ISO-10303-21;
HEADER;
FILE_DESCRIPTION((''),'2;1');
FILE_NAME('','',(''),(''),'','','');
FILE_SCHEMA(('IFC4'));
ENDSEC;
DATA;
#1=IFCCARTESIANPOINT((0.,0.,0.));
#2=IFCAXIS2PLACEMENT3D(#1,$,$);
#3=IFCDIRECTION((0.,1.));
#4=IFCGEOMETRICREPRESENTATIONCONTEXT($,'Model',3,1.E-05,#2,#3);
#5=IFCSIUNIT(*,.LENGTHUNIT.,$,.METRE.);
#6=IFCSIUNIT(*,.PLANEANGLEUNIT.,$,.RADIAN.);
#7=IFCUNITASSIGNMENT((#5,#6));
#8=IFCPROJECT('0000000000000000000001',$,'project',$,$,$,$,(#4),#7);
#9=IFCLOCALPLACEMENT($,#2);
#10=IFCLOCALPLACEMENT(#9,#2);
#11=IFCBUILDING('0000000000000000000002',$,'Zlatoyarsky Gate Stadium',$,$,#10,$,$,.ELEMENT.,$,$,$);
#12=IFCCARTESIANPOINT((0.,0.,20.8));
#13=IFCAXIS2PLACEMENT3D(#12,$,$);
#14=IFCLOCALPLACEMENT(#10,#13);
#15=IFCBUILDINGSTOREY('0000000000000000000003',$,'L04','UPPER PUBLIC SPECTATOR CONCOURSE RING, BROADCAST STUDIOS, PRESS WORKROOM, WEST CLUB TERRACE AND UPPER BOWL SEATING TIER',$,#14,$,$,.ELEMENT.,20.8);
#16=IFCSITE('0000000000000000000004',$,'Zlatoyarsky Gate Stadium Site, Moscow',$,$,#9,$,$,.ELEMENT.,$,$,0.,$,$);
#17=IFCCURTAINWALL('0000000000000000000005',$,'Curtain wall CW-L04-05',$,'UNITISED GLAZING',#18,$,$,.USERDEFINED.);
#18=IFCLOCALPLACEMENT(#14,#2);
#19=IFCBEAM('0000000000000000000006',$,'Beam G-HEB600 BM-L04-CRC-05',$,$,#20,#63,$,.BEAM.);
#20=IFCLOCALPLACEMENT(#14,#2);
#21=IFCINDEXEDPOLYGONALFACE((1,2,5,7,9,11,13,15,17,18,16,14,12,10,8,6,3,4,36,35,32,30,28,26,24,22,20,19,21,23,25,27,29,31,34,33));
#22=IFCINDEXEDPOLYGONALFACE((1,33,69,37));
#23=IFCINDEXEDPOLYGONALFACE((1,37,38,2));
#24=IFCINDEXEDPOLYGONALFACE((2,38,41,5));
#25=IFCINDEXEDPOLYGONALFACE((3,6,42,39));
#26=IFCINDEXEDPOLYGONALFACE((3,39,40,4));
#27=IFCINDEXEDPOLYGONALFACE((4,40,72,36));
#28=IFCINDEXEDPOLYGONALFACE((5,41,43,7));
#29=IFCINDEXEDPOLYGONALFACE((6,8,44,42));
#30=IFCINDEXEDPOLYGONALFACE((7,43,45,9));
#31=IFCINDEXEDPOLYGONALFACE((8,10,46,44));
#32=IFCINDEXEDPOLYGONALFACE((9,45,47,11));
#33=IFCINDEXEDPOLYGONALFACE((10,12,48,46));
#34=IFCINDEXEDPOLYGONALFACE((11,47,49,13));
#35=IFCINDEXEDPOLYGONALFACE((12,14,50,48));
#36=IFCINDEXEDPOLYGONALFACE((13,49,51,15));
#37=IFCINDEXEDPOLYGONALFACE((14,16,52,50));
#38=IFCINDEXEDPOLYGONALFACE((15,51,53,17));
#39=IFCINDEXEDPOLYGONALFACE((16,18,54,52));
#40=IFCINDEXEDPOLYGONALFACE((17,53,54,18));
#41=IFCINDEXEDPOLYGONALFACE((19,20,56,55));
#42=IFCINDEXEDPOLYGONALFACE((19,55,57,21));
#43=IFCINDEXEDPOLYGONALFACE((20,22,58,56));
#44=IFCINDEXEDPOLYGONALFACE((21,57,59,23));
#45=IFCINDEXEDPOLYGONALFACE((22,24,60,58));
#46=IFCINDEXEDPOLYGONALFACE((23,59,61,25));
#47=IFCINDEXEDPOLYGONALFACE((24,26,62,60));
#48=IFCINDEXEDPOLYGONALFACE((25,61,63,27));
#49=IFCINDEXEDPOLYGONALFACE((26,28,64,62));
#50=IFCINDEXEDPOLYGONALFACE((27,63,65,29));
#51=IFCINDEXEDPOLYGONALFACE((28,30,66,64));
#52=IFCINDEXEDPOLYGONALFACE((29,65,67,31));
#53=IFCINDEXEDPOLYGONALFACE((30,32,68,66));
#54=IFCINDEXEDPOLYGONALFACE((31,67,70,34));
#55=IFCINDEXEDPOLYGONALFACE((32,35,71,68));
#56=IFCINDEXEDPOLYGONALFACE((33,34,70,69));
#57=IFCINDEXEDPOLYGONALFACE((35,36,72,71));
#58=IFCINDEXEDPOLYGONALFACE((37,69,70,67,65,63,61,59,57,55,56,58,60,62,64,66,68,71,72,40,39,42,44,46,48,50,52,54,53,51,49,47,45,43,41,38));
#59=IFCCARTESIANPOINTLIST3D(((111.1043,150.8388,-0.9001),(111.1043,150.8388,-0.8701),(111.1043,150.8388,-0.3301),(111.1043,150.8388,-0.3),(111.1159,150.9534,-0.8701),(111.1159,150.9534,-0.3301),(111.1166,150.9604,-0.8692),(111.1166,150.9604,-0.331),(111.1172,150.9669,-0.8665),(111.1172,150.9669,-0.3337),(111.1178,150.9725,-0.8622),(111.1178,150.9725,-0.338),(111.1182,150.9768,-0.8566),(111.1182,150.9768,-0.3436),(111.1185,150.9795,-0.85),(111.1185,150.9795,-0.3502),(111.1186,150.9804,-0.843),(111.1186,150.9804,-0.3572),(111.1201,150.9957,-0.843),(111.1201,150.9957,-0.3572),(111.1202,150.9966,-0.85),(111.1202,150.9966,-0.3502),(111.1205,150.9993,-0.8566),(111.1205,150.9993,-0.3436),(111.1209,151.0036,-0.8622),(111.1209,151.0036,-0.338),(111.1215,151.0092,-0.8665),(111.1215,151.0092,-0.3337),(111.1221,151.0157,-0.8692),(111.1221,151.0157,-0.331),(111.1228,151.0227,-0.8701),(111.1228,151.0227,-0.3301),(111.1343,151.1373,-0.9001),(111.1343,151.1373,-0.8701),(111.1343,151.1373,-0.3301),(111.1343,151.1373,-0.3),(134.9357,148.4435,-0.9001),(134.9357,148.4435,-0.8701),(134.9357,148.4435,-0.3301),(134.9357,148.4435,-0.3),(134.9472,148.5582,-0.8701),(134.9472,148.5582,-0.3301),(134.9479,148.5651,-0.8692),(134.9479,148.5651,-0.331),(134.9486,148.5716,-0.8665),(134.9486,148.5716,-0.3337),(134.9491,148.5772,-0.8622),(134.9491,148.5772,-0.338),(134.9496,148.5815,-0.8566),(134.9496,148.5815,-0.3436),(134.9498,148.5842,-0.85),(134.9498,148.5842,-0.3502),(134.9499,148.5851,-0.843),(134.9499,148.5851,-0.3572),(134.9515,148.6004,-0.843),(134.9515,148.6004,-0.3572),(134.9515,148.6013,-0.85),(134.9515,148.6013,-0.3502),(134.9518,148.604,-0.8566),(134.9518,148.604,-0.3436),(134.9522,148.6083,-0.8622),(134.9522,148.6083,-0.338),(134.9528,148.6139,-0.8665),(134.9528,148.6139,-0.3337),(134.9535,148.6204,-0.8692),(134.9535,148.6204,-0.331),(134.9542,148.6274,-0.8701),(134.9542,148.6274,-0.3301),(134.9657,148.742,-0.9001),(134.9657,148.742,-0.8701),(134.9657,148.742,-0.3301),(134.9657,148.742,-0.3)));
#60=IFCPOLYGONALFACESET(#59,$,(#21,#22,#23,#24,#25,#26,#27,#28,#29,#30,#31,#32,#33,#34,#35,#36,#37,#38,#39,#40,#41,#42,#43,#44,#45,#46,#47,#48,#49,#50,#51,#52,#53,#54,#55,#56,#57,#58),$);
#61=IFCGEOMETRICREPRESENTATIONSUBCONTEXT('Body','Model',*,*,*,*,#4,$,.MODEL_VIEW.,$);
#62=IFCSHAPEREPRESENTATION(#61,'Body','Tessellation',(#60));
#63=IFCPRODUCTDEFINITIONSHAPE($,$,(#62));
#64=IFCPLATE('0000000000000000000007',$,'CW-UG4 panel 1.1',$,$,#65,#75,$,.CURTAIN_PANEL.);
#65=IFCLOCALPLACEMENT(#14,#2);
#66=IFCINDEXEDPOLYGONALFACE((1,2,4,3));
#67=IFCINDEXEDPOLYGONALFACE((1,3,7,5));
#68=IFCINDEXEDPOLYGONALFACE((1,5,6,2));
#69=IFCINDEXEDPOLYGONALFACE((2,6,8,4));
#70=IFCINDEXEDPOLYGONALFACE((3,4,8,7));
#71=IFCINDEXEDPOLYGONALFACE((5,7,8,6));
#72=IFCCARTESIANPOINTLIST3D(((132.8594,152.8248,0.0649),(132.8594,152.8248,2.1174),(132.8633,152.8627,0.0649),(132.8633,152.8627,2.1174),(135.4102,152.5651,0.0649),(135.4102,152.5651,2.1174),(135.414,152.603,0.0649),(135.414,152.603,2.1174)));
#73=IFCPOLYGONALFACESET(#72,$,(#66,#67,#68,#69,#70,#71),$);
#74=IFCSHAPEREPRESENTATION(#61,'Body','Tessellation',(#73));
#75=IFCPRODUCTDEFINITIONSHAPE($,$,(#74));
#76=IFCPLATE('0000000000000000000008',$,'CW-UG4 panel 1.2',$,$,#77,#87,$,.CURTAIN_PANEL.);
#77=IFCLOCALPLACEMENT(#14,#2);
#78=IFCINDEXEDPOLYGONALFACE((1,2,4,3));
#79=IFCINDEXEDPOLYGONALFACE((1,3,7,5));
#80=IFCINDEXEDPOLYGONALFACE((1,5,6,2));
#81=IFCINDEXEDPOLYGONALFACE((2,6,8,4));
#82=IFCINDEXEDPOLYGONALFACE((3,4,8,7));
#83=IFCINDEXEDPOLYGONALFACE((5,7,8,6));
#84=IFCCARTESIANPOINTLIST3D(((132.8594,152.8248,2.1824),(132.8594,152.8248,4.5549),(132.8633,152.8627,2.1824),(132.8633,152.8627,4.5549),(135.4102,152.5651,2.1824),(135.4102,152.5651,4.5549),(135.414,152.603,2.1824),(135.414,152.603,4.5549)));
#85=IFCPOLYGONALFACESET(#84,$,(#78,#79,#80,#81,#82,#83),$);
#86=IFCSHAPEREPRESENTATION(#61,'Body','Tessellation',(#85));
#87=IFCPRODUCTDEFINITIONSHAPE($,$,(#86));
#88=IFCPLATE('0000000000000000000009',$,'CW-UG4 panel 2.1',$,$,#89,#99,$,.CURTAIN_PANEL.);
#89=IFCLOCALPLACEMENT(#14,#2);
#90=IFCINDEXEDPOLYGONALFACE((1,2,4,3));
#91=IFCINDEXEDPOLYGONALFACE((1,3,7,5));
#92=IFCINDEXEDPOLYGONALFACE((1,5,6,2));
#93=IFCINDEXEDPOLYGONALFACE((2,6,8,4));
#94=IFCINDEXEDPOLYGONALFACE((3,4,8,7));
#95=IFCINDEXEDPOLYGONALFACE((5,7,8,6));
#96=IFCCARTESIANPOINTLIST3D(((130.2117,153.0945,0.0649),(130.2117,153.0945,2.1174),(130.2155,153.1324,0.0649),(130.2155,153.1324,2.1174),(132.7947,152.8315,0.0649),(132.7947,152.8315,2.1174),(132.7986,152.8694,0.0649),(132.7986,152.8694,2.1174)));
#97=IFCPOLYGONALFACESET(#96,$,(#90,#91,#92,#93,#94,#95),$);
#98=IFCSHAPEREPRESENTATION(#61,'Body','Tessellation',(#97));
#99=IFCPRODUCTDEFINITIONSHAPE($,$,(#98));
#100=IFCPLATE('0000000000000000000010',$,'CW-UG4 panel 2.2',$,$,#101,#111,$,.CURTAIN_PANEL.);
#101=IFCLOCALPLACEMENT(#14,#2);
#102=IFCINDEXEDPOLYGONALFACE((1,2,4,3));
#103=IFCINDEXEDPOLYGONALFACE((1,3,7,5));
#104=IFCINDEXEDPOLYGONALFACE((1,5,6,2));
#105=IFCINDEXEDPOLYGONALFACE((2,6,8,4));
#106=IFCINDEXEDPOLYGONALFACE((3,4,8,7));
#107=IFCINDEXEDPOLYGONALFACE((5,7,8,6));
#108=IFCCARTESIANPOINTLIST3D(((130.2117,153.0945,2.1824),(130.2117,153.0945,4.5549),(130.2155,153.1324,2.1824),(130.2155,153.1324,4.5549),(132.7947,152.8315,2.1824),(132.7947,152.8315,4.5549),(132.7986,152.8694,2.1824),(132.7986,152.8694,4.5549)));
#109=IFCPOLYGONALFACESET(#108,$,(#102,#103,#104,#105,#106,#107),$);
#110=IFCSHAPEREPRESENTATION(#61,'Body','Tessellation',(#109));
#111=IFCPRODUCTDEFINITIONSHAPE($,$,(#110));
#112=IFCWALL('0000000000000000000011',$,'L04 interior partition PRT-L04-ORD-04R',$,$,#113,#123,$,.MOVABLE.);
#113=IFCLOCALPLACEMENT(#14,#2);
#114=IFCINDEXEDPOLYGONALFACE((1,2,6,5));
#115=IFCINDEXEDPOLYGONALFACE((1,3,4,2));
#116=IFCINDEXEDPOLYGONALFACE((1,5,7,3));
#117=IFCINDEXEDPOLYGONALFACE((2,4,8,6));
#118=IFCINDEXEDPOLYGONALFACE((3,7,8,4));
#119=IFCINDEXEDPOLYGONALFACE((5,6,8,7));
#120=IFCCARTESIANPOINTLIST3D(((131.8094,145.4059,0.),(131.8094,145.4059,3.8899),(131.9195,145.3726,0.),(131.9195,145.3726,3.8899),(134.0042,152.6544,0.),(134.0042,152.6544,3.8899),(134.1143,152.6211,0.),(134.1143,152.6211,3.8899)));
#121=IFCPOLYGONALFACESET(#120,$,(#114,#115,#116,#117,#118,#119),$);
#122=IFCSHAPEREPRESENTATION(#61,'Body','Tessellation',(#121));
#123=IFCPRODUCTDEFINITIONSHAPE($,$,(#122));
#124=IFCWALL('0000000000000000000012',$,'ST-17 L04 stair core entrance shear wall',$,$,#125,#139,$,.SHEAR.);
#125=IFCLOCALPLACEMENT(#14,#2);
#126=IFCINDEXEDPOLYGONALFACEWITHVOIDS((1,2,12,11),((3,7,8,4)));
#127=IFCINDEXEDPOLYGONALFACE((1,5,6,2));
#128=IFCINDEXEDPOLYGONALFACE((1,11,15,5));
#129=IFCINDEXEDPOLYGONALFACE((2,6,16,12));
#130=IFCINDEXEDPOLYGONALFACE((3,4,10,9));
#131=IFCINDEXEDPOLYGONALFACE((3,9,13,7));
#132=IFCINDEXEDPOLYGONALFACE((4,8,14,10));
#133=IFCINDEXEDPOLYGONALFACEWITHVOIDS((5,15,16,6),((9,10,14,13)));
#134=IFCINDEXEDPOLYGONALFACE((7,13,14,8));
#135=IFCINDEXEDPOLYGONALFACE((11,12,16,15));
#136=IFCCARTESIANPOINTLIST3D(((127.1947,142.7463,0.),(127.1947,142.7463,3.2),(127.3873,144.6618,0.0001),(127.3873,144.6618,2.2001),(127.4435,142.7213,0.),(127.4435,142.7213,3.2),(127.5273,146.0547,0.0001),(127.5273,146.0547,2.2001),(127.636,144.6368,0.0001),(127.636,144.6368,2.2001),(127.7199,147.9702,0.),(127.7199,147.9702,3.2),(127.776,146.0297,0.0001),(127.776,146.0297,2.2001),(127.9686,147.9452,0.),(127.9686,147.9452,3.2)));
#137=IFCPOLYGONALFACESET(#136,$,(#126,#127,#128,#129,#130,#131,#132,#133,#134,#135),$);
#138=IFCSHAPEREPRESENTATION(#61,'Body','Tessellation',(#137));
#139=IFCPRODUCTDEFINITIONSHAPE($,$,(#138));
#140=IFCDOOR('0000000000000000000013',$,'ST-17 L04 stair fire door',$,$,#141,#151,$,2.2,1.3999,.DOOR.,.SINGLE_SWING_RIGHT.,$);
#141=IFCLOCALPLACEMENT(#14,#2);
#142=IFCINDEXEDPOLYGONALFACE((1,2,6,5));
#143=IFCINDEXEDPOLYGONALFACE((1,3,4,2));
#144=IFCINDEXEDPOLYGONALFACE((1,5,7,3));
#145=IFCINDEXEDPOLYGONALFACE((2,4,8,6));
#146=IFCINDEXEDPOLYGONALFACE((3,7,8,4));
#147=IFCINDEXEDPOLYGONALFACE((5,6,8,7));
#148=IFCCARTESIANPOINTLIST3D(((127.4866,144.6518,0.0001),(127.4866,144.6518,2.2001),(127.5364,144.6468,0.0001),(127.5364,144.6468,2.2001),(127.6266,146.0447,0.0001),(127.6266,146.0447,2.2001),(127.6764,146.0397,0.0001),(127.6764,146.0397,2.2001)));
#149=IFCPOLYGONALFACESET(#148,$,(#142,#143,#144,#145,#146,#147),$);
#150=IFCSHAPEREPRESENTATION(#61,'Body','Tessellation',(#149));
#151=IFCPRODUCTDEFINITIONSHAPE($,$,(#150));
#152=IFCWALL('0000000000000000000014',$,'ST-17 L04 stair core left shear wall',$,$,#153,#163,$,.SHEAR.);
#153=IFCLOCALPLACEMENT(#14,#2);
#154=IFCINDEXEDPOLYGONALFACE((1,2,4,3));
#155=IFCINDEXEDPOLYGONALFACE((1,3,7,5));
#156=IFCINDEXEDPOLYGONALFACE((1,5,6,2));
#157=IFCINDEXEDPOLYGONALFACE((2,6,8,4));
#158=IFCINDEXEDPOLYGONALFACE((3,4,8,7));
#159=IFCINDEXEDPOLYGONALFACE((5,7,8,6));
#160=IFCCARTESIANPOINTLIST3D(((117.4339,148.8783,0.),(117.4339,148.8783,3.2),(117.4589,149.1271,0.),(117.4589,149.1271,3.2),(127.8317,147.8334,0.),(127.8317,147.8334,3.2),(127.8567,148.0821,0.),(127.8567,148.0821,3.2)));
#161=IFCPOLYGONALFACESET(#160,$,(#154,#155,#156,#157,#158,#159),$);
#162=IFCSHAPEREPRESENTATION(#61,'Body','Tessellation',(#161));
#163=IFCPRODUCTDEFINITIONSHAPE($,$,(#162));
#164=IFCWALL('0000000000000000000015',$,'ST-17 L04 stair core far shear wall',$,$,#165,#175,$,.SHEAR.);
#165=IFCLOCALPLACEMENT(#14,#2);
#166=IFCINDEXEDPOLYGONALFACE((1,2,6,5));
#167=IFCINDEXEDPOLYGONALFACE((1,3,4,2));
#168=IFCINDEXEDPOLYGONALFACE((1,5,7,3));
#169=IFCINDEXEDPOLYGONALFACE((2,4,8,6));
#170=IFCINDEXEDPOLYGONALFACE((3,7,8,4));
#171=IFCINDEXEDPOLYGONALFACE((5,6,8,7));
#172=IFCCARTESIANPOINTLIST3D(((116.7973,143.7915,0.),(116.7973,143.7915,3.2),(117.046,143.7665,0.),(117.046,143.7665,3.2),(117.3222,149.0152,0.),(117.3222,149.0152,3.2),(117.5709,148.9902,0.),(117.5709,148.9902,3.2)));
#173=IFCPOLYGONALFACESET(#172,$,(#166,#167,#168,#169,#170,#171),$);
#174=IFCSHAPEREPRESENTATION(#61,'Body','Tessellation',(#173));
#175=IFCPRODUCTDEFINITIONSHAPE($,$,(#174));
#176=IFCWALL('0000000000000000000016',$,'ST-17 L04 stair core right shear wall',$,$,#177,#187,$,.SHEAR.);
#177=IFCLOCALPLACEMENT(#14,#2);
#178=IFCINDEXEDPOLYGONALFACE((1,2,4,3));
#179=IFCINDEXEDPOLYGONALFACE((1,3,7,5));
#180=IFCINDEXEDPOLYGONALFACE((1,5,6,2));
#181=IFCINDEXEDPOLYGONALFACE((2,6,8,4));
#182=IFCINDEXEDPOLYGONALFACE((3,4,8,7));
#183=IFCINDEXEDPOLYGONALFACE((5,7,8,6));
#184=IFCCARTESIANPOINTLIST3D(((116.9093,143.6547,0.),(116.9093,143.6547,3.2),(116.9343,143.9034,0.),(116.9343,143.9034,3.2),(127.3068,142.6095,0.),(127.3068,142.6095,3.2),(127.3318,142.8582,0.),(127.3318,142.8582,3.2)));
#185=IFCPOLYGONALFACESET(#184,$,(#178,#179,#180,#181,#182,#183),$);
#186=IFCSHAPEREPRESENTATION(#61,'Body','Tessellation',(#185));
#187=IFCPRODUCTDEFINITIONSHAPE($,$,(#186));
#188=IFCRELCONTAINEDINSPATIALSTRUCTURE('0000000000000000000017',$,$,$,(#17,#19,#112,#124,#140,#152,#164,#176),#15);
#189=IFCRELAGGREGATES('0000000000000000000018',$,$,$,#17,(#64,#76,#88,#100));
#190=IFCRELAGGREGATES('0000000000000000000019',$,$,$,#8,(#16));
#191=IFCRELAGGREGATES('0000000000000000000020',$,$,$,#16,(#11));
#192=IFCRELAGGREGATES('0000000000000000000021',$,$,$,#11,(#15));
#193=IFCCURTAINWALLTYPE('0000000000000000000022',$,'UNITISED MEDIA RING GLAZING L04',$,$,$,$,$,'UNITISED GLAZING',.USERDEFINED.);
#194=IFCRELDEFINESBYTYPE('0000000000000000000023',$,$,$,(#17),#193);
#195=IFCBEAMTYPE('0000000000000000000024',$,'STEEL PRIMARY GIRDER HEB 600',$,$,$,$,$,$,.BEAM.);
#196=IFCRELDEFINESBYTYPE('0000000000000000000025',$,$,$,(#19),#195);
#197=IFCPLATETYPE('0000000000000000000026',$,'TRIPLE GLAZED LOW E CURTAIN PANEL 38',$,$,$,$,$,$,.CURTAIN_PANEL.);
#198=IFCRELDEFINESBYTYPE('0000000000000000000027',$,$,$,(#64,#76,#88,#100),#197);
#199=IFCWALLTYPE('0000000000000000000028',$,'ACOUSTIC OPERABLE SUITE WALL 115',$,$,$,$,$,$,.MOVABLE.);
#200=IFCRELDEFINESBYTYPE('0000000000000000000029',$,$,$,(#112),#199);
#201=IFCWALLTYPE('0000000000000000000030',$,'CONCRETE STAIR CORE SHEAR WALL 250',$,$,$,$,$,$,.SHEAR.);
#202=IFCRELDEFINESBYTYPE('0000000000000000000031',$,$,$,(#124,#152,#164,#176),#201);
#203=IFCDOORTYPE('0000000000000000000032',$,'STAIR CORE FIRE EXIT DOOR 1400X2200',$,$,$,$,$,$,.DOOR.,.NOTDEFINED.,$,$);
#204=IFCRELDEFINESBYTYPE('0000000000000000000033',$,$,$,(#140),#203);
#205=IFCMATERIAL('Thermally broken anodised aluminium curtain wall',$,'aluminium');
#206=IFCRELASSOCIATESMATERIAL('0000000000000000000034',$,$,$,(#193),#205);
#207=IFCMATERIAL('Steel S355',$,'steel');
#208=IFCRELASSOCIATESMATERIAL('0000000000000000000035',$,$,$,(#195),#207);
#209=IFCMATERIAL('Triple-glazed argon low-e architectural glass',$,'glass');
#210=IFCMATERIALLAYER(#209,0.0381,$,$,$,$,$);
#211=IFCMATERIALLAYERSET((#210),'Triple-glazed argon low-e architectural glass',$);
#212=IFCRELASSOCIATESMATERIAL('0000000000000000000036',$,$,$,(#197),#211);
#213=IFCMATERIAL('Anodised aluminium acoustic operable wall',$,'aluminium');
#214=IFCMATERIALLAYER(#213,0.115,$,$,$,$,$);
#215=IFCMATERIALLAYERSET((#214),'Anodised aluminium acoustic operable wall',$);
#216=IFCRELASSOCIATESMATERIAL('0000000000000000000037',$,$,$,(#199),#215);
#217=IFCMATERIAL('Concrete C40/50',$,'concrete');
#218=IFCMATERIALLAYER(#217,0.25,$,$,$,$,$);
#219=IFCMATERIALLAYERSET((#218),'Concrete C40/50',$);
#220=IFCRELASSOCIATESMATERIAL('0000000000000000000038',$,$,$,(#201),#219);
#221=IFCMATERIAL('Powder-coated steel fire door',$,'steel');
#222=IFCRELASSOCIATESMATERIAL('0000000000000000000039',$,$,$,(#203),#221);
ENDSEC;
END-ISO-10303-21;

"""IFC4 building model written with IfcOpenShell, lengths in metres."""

from ifc_helpers import new_model, si_unit, direction, frame, frame_2d, origin, origin_2d, place, context, subcontext, project, spatial, rectangle, i_section, extrude, material, layer, layer_set, material_profile, profile_set, type_object, element, fill, aggregate, save


model = new_model("IFC4")

# Units and contexts
model_context = context("Model", 3, precision=1e-05, world=origin(), true_north=direction((0.0, 1.0)))
body_context = subcontext(model_context, "Body", "Model", "MODEL_VIEW")
ifc_project = project(units=[si_unit("LENGTHUNIT", "METRE"), si_unit("PLANEANGLEUNIT", "RADIAN")], contexts=[model_context])

# Site, building, storey
site_placement = place(None, origin())
site = spatial("IfcSite", under=ifc_project, at=site_placement, Name="Zlatoyarsky Gate Stadium Site, Moscow", CompositionType="ELEMENT", RefElevation=0.0)
building_placement = place(site_placement, origin())
building = spatial("IfcBuilding", under=site, at=building_placement, Name="Zlatoyarsky Gate Stadium", CompositionType="ELEMENT")
storey_placement = place(building_placement, frame((0.0, 0.0, 20.8)))
storey = spatial("IfcBuildingStorey", under=building, at=storey_placement, Name="L04", Description="UPPER PUBLIC SPECTATOR CONCOURSE RING, BROADCAST STUDIOS, PRESS WORKROOM, WEST CLUB TERRACE AND UPPER BOWL SEATING TIER", CompositionType="ELEMENT", Elevation=20.8)

# Curtain wall
ifc_material_1 = material(Name="Thermally broken anodised aluminium curtain wall", Category="aluminium")
curtain_wall_type = type_object("IfcCurtainWallType", Name="UNITISED MEDIA RING GLAZING L04", ElementType="UNITISED GLAZING", PredefinedType="USERDEFINED", material=ifc_material_1)
curtain_wall_placement = place(storey_placement, origin())
curtain_wall = element("IfcCurtainWall", 1, at=curtain_wall_placement, inside=storey, type_object=curtain_wall_type, Name="Curtain wall CW-L04-05", ObjectType="UNITISED GLAZING", PredefinedType="USERDEFINED")

# Beam
ifc_material_2 = material(Name="Steel S355", Category="steel")
ifc_material_profile_1 = material_profile(ifc_material_2, i_section(OverallWidth=0.3, OverallDepth=0.6001, WebThickness=0.0154, FlangeThickness=0.03, FilletRadius=0.0271, at=origin_2d()), Name="HEB 600")
ifc_profile_set_1 = profile_set([ifc_material_profile_1], Name="Steel S355")
beam_type_1 = type_object("IfcBeamType", Name="STEEL PRIMARY GIRDER HEB 600", PredefinedType="BEAM", material=ifc_profile_set_1)
beam_1_placement = place(storey_placement, frame((134.9507, 148.5928, -0.6001), z_axis=(-0.994987, 0.100005, 0.0), x_axis=(-0.100005, -0.994987, 0.0)))
element("IfcBeam", 2, at=beam_1_placement, inside=storey, type_object=beam_type_1, Name="Beam G-HEB600 BM-L04-CRC-05", PredefinedType="BEAM", context=body_context, shape_type="SweptSolid", body=[
    extrude(i_section(OverallWidth=0.3, OverallDepth=0.6001, WebThickness=0.0154, FlangeThickness=0.03, FilletRadius=0.0271, at=origin_2d()), origin(), (0.0, 0.0, 1.0), 23.9514),
])

# Plates
ifc_material_3 = material(Name="Triple-glazed argon low-e architectural glass", Category="glass")
ifc_layer_1 = layer(ifc_material_3, 0.0381)
ifc_layer_set_1 = layer_set([ifc_layer_1], Name="Triple-glazed argon low-e architectural glass")
plate_type = type_object("IfcPlateType", Name="TRIPLE GLAZED LOW E CURTAIN PANEL 38", PredefinedType="CURTAIN_PANEL", material=ifc_layer_set_1)
plate_1_placement = place(storey_placement, frame((134.1367, 152.7139, 0.0649), z_axis=(0.0, 0.0, 1.0), x_axis=(-0.994857, 0.101293, 0.0)))
plate_1 = element("IfcPlate", 3, at=plate_1_placement, type_object=plate_type, Name="CW-UG4 panel 1.1", PredefinedType="CURTAIN_PANEL", context=body_context, shape_type="SweptSolid", body=[
    extrude(rectangle(XDim=2.564, YDim=0.0381, at=origin_2d()), origin(), (0.0, 0.0, 1.0), 2.0525),
])
plate_2_placement = place(storey_placement, frame((134.1367, 152.7139, 2.1824), z_axis=(0.0, 0.0, 1.0), x_axis=(-0.994857, 0.101293, 0.0)))
plate_2 = element("IfcPlate", 4, at=plate_2_placement, type_object=plate_type, Name="CW-UG4 panel 1.2", PredefinedType="CURTAIN_PANEL", context=body_context, shape_type="SweptSolid", body=[
    extrude(rectangle(XDim=2.564, YDim=0.0381, at=origin_2d()), origin(), (0.0, 0.0, 1.0), 2.3726),
])
plate_3_placement = place(storey_placement, frame((131.5051, 152.9819, 0.0649), z_axis=(0.0, 0.0, 1.0), x_axis=(-0.994857, 0.101293, 0.0)))
plate_3 = element("IfcPlate", 5, at=plate_3_placement, type_object=plate_type, Name="CW-UG4 panel 2.1", PredefinedType="CURTAIN_PANEL", context=body_context, shape_type="SweptSolid", body=[
    extrude(rectangle(XDim=2.5964, YDim=0.0381, at=origin_2d()), origin(), (0.0, 0.0, 1.0), 2.0525),
])
plate_4_placement = place(storey_placement, frame((131.5051, 152.9819, 2.1824), z_axis=(0.0, 0.0, 1.0), x_axis=(-0.994857, 0.101293, 0.0)))
plate_4 = element("IfcPlate", 6, at=plate_4_placement, type_object=plate_type, Name="CW-UG4 panel 2.2", PredefinedType="CURTAIN_PANEL", context=body_context, shape_type="SweptSolid", body=[
    extrude(rectangle(XDim=2.5964, YDim=0.0381, at=origin_2d()), origin(), (0.0, 0.0, 1.0), 2.3726),
])
aggregate(curtain_wall, [plate_1, plate_2, plate_3, plate_4])

# Wall
ifc_material_4 = material(Name="Anodised aluminium acoustic operable wall", Category="aluminium")
ifc_layer_2 = layer(ifc_material_4, 0.115)
ifc_layer_set_2 = layer_set([ifc_layer_2], Name="Anodised aluminium acoustic operable wall")
wall_type_1 = type_object("IfcWallType", Name="ACOUSTIC OPERABLE SUITE WALL 115", PredefinedType="MOVABLE", material=ifc_layer_set_2)
wall_1_placement = place(storey_placement, frame((131.8645, 145.3894, 0.0), z_axis=(0.0, 0.0, 1.0), x_axis=(0.289802, 0.957087, 0.0)))
element("IfcWall", 7, at=wall_1_placement, inside=storey, type_object=wall_type_1, Name="L04 interior partition PRT-L04-ORD-04R", PredefinedType="MOVABLE", context=body_context, shape_type="SweptSolid", body=[
    extrude(rectangle(XDim=7.5735, YDim=0.115, at=frame_2d((3.7866, 0.0))), origin(), (0.0, 0.0, 1.0), 3.8899),
])

# Wall, opening, door
ifc_material_5 = material(Name="Concrete C40/50", Category="concrete")
ifc_layer_3 = layer(ifc_material_5, 0.25)
ifc_layer_set_3 = layer_set([ifc_layer_3], Name="Concrete C40/50")
wall_type_2 = type_object("IfcWallType", Name="CONCRETE STAIR CORE SHEAR WALL 250", PredefinedType="SHEAR", material=ifc_layer_set_3)
wall_2_placement = place(storey_placement, frame((127.3191, 142.7339, 0.0), z_axis=(0.0, 0.0, 1.0), x_axis=(0.100024, 0.994985, 0.0)))
wall_2 = element("IfcWall", 8, at=wall_2_placement, inside=storey, type_object=wall_type_2, Name="ST-17 L04 stair core entrance shear wall", PredefinedType="SHEAR", context=body_context, shape_type="SweptSolid", body=[
    extrude(rectangle(XDim=5.2502, YDim=0.25, at=frame_2d((2.625, 0.0))), origin(), (0.0, 0.0, 1.0), 3.2),
])
opening_1_placement = place(wall_2_placement, frame((1.925, 0.0, 0.0)))
opening_1 = element("IfcOpeningElement", 9, at=opening_1_placement, cuts=wall_2, PredefinedType="OPENING", context=body_context, shape_type="SweptSolid", body=[
    extrude(rectangle(XDim=1.3999, YDim=2.2, at=frame_2d((0.7, 1.1001))), frame((0.0, 0.135, 0.0), z_axis=(0.0, -1.0, 0.0), x_axis=(1.0, 0.0, 0.0)), (0.0, 0.0, 1.0), 0.27),
])
ifc_material_6 = material(Name="Powder-coated steel fire door", Category="steel")
door_type_1 = type_object("IfcDoorType", Name="STAIR CORE FIRE EXIT DOOR 1400X2200", OperationType="NOTDEFINED", PredefinedType="DOOR", material=ifc_material_6)
door_1_placement = place(opening_1_placement, frame((1.3999, 0.0, 0.0), z_axis=(0.0, 0.0, 1.0), x_axis=(-1.0, 0.0, 0.0)))
door_1 = element("IfcDoor", 10, at=door_1_placement, inside=storey, type_object=door_type_1, Name="ST-17 L04 stair fire door", OperationType="SINGLE_SWING_RIGHT", OverallHeight=2.2, OverallWidth=1.3999, PredefinedType="DOOR", context=body_context, shape_type="SweptSolid", body=[
    extrude(rectangle(XDim=1.3999, YDim=2.2, at=frame_2d((0.7, 1.1001))), frame((0.0, 0.0249, 0.0), z_axis=(0.0, -1.0, 0.0), x_axis=(1.0, 0.0, 0.0)), (0.0, 0.0, 1.0), 0.05),
])
fill(opening_1, door_1)

# Walls
wall_3_placement = place(storey_placement, frame((127.8442, 147.9578, 0.0), z_axis=(0.0, 0.0, 1.0), x_axis=(-0.994988, 0.099992, 0.0)))
element("IfcWall", 11, at=wall_3_placement, inside=storey, type_object=wall_type_2, Name="ST-17 L04 stair core left shear wall", PredefinedType="SHEAR", context=body_context, shape_type="SweptSolid", body=[
    extrude(rectangle(XDim=10.4502, YDim=0.25, at=frame_2d((5.2251, 0.0))), origin(), (0.0, 0.0, 1.0), 3.2),
])
wall_4_placement = place(storey_placement, frame((117.4465, 149.0027, 0.0), z_axis=(0.0, 0.0, 1.0), x_axis=(-0.099983, -0.994989, 0.0)))
element("IfcWall", 12, at=wall_4_placement, inside=storey, type_object=wall_type_2, Name="ST-17 L04 stair core far shear wall", PredefinedType="SHEAR", context=body_context, shape_type="SweptSolid", body=[
    extrude(rectangle(XDim=5.25, YDim=0.25, at=frame_2d((2.625, 0.0))), origin(), (0.0, 0.0, 1.0), 3.2),
])
wall_5_placement = place(storey_placement, frame((116.9216, 143.7791, 0.0), z_axis=(0.0, 0.0, 1.0), x_axis=(0.994986, -0.100017, 0.0)))
element("IfcWall", 13, at=wall_5_placement, inside=storey, type_object=wall_type_2, Name="ST-17 L04 stair core right shear wall", PredefinedType="SHEAR", context=body_context, shape_type="SweptSolid", body=[
    extrude(rectangle(XDim=10.45, YDim=0.25, at=frame_2d((5.2251, 0.0))), origin(), (0.0, 0.0, 1.0), 3.2),
])

save(model, "model.ifc")
